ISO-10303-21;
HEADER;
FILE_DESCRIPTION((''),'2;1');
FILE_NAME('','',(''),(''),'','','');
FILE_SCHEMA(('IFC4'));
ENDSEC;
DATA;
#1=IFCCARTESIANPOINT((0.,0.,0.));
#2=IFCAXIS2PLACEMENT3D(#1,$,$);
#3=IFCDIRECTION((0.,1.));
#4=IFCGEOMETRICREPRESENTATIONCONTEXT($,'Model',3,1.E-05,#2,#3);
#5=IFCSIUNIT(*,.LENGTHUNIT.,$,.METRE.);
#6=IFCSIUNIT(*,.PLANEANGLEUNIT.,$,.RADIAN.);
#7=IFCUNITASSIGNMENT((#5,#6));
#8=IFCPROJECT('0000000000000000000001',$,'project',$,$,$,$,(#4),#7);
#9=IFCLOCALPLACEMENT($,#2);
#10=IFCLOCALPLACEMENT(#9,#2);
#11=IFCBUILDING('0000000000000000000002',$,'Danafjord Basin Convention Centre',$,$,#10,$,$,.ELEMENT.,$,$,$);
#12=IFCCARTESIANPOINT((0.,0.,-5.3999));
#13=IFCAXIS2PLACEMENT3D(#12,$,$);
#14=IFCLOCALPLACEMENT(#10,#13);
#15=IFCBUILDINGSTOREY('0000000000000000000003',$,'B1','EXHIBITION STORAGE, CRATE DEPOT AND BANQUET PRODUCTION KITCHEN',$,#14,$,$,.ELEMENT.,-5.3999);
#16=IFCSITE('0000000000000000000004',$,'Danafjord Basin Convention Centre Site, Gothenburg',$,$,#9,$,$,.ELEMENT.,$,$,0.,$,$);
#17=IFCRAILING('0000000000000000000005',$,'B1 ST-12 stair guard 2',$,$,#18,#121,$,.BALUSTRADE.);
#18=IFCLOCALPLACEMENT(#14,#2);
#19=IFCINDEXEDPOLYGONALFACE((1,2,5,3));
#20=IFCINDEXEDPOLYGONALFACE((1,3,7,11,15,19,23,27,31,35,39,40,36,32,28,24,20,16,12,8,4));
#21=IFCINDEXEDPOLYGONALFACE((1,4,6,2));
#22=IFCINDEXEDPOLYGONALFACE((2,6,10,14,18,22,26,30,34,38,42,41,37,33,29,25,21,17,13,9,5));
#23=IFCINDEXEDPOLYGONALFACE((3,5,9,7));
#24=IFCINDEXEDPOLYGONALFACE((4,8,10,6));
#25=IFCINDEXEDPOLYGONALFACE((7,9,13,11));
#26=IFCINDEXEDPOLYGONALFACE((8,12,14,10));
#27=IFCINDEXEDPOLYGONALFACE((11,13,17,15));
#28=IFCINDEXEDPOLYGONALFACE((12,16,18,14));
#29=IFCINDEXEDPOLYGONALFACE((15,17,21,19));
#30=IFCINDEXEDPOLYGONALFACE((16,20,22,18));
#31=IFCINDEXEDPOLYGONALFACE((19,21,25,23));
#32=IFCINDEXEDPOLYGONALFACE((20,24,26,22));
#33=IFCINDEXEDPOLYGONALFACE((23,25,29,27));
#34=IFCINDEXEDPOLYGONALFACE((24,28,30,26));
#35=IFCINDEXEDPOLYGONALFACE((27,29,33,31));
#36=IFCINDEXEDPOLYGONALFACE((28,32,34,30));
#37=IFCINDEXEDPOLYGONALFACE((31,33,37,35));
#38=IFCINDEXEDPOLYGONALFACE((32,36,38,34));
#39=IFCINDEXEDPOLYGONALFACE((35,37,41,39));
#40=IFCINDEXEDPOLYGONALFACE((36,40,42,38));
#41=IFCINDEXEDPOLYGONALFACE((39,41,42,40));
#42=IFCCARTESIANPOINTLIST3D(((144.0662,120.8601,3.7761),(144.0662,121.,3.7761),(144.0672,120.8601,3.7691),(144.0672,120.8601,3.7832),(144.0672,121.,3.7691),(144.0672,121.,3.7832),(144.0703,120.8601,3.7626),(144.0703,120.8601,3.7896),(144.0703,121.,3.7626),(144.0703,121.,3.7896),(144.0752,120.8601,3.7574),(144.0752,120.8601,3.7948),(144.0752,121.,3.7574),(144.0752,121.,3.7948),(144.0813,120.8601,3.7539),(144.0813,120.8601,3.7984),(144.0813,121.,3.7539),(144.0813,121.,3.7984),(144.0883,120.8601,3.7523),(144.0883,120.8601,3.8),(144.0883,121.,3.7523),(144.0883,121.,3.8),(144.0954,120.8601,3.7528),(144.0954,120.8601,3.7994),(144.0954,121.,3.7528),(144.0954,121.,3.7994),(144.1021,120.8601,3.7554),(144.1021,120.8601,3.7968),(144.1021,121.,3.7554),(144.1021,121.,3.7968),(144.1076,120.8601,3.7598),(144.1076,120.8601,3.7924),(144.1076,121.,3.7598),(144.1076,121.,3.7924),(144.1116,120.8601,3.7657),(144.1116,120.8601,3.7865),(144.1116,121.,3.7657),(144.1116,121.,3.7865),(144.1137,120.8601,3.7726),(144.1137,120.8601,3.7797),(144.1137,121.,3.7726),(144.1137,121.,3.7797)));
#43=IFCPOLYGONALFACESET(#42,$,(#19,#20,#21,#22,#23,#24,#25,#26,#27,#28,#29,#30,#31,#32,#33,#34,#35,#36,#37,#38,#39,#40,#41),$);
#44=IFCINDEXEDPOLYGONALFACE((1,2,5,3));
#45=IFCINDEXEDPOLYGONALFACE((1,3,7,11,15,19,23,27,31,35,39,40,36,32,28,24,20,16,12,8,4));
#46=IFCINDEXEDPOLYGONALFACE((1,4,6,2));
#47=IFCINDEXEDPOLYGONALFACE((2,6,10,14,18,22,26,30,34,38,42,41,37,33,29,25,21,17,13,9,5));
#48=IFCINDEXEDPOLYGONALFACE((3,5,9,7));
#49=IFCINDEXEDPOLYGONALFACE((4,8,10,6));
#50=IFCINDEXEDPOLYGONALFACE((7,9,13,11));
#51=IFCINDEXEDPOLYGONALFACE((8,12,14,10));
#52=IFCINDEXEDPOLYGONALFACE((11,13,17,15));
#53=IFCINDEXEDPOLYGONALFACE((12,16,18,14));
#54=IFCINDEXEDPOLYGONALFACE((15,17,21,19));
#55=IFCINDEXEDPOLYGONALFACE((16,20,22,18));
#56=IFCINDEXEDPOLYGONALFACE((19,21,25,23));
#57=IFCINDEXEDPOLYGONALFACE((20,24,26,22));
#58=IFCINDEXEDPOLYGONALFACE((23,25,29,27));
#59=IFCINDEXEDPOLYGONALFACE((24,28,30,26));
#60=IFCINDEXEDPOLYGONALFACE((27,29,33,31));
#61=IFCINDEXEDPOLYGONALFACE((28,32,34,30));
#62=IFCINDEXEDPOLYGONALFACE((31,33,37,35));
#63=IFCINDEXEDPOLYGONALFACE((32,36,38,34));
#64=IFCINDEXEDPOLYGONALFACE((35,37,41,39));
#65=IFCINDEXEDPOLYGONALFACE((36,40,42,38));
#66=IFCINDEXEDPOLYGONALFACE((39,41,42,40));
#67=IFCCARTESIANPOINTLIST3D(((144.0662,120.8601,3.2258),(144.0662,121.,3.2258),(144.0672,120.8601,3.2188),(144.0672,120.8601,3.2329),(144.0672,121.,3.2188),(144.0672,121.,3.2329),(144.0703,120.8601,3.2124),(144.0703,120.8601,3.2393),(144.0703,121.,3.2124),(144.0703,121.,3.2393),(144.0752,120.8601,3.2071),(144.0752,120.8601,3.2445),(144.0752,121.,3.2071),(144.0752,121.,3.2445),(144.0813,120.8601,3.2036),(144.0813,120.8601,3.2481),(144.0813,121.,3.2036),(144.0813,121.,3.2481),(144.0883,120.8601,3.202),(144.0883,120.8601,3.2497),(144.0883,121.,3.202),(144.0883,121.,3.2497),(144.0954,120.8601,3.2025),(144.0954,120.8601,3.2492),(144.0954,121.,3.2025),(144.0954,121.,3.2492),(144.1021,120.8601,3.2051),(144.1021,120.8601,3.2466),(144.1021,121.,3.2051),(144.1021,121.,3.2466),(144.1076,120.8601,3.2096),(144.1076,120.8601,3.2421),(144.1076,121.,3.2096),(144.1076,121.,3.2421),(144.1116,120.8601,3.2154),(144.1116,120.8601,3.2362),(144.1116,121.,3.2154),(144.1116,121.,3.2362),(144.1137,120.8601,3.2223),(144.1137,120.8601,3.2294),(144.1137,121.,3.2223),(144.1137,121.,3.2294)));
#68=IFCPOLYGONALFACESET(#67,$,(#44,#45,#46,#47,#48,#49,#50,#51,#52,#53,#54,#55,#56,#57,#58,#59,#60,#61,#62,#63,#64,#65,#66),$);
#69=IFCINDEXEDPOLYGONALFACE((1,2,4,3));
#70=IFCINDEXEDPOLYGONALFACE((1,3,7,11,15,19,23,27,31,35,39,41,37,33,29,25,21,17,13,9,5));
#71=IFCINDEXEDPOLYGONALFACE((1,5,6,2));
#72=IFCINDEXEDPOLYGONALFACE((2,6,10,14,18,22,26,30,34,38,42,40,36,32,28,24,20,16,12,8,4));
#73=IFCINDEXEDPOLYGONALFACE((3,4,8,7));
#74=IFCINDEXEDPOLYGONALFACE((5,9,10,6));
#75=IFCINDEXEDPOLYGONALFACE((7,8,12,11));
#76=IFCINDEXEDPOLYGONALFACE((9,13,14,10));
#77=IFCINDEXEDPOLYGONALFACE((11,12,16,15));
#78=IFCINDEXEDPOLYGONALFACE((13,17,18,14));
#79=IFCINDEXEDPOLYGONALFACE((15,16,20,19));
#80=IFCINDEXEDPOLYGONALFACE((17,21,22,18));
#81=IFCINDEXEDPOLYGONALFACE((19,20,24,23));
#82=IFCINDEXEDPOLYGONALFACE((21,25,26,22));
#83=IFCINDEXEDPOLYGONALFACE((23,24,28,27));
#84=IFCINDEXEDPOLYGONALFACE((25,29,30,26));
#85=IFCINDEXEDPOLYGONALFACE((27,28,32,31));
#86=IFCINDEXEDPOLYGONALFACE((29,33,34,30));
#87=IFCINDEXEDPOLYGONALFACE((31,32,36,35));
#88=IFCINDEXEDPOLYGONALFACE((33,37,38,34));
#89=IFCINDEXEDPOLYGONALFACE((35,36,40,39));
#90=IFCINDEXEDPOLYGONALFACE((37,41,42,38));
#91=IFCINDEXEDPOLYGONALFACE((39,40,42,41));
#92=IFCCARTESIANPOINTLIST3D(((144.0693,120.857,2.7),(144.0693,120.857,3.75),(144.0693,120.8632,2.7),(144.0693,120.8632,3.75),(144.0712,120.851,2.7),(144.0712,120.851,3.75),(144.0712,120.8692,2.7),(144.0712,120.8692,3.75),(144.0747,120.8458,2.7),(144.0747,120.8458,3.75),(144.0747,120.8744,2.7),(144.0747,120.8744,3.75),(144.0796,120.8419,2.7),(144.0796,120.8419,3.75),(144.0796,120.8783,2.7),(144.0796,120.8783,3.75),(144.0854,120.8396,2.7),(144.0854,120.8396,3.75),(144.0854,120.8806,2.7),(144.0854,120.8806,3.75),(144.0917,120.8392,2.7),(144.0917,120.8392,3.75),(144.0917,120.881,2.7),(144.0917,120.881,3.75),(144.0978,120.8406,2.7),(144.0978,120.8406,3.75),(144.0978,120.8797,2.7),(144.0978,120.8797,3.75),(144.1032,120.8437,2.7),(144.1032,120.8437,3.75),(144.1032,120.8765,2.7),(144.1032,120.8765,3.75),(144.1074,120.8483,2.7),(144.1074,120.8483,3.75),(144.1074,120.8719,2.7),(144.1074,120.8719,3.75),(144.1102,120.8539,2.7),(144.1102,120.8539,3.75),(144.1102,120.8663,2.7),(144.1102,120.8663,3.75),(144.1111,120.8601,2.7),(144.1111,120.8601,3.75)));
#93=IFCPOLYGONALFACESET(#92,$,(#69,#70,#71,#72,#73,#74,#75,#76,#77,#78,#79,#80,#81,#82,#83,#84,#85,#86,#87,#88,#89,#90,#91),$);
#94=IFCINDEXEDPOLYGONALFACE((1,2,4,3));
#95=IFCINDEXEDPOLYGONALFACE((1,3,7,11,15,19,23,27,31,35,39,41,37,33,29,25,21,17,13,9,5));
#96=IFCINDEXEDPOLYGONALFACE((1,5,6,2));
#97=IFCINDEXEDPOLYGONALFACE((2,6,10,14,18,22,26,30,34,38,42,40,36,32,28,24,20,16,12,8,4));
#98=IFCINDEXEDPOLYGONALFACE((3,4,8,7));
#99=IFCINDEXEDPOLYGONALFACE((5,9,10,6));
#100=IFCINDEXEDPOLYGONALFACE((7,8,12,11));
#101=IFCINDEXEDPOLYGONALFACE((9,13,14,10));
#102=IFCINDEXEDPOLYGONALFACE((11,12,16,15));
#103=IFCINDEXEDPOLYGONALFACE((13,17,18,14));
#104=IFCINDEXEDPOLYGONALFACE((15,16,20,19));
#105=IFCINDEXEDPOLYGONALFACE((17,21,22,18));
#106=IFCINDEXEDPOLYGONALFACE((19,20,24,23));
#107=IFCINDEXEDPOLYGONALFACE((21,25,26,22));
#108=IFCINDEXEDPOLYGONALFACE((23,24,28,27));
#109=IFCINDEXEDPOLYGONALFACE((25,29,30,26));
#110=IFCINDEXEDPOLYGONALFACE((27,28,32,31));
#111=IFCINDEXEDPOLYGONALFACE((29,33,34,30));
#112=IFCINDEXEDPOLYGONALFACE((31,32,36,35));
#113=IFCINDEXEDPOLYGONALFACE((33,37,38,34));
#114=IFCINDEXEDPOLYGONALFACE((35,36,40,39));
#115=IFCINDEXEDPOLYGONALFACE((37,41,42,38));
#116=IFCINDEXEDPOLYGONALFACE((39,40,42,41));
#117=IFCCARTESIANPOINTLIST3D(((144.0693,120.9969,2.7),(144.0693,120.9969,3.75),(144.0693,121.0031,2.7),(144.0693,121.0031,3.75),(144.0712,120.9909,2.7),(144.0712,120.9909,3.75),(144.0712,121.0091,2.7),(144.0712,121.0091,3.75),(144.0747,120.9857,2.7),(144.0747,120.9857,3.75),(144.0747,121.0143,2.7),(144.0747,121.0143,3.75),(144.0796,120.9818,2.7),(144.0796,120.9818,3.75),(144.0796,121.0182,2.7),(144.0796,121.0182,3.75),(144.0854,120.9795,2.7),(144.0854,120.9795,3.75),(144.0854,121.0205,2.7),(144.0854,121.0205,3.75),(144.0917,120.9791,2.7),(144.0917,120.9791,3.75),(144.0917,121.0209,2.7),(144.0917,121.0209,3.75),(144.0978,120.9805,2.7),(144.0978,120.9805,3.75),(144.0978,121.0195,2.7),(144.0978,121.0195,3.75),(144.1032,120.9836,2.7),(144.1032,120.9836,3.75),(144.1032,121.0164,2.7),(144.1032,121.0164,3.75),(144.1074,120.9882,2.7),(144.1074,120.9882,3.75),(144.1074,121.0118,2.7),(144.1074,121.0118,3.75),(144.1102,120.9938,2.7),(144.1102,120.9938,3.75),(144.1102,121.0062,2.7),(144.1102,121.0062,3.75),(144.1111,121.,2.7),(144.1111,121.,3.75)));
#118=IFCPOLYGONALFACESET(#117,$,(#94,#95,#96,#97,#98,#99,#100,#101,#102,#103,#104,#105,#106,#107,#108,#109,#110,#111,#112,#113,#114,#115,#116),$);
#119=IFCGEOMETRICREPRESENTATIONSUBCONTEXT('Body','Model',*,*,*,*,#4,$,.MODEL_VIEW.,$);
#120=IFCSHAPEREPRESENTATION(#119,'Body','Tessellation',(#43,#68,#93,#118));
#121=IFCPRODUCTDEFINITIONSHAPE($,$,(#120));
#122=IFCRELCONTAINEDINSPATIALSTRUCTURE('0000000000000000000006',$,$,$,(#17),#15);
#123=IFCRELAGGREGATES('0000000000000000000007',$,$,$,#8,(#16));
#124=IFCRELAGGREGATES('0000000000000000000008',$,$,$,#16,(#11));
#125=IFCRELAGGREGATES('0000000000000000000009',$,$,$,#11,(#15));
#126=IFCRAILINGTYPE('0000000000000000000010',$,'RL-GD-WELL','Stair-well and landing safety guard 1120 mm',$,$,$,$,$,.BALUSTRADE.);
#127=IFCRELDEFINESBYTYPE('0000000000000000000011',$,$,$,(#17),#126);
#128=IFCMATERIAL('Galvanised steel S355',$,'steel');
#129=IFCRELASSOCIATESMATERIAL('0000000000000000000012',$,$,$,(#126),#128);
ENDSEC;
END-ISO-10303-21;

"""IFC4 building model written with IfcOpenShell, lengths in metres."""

from ifc_helpers import new_model, si_unit, direction, frame, origin, origin_2d, place, context, subcontext, project, spatial, circle, extrude, material, type_object, element, save


model = new_model("IFC4")

# Units and contexts
model_context = context("Model", 3, precision=1e-05, world=origin(), true_north=direction((0.0, 1.0)))
body_context = subcontext(model_context, "Body", "Model", "MODEL_VIEW")
ifc_project = project(units=[si_unit("LENGTHUNIT", "METRE"), si_unit("PLANEANGLEUNIT", "RADIAN")], contexts=[model_context])

# Site, building, storey
site_placement = place(None, origin())
site = spatial("IfcSite", under=ifc_project, at=site_placement, Name="Danafjord Basin Convention Centre Site, Gothenburg", CompositionType="ELEMENT", RefElevation=0.0)
building_placement = place(site_placement, origin())
building = spatial("IfcBuilding", under=site, at=building_placement, Name="Danafjord Basin Convention Centre", CompositionType="ELEMENT")
storey_placement = place(building_placement, frame((0.0, 0.0, -5.3999)))
storey = spatial("IfcBuildingStorey", under=building, at=storey_placement, Name="B1", Description="EXHIBITION STORAGE, CRATE DEPOT AND BANQUET PRODUCTION KITCHEN", CompositionType="ELEMENT", Elevation=-5.3999)

# Railing
ifc_material_1 = material(Name="Galvanised steel S355", Category="steel")
railing_type_1 = type_object("IfcRailingType", Name="RL-GD-WELL", Description="Stair-well and landing safety guard 1120 mm", PredefinedType="BALUSTRADE", material=ifc_material_1)
railing_1_placement = place(storey_placement, frame((144.0901, 120.8601, 2.7)))
element("IfcRailing", 1, at=railing_1_placement, inside=storey, type_object=railing_type_1, Name="B1 ST-12 stair guard 2", PredefinedType="BALUSTRADE", context=body_context, shape_type="SweptSolid", body=[
    extrude(circle(Radius=0.0239, at=origin_2d()), frame((0.0, 0.0, 1.0762), z_axis=(0.0, 1.0, 0.0), x_axis=(-1.0, 0.0, 0.0)), (0.0, 0.0, 1.0), 0.1399),
    extrude(circle(Radius=0.0239, at=origin_2d()), frame((0.0, 0.0, 0.5259), z_axis=(0.0, 1.0, 0.0), x_axis=(-1.0, 0.0, 0.0)), (0.0, 0.0, 1.0), 0.1399),
    extrude(circle(Radius=0.021, at=origin_2d()), origin(), (0.0, 0.0, 1.0), 1.05),
    extrude(circle(Radius=0.021, at=origin_2d()), frame((0.0, 0.1399, 0.0)), (0.0, 0.0, 1.0), 1.05),
])

save(model, "model.ifc")
